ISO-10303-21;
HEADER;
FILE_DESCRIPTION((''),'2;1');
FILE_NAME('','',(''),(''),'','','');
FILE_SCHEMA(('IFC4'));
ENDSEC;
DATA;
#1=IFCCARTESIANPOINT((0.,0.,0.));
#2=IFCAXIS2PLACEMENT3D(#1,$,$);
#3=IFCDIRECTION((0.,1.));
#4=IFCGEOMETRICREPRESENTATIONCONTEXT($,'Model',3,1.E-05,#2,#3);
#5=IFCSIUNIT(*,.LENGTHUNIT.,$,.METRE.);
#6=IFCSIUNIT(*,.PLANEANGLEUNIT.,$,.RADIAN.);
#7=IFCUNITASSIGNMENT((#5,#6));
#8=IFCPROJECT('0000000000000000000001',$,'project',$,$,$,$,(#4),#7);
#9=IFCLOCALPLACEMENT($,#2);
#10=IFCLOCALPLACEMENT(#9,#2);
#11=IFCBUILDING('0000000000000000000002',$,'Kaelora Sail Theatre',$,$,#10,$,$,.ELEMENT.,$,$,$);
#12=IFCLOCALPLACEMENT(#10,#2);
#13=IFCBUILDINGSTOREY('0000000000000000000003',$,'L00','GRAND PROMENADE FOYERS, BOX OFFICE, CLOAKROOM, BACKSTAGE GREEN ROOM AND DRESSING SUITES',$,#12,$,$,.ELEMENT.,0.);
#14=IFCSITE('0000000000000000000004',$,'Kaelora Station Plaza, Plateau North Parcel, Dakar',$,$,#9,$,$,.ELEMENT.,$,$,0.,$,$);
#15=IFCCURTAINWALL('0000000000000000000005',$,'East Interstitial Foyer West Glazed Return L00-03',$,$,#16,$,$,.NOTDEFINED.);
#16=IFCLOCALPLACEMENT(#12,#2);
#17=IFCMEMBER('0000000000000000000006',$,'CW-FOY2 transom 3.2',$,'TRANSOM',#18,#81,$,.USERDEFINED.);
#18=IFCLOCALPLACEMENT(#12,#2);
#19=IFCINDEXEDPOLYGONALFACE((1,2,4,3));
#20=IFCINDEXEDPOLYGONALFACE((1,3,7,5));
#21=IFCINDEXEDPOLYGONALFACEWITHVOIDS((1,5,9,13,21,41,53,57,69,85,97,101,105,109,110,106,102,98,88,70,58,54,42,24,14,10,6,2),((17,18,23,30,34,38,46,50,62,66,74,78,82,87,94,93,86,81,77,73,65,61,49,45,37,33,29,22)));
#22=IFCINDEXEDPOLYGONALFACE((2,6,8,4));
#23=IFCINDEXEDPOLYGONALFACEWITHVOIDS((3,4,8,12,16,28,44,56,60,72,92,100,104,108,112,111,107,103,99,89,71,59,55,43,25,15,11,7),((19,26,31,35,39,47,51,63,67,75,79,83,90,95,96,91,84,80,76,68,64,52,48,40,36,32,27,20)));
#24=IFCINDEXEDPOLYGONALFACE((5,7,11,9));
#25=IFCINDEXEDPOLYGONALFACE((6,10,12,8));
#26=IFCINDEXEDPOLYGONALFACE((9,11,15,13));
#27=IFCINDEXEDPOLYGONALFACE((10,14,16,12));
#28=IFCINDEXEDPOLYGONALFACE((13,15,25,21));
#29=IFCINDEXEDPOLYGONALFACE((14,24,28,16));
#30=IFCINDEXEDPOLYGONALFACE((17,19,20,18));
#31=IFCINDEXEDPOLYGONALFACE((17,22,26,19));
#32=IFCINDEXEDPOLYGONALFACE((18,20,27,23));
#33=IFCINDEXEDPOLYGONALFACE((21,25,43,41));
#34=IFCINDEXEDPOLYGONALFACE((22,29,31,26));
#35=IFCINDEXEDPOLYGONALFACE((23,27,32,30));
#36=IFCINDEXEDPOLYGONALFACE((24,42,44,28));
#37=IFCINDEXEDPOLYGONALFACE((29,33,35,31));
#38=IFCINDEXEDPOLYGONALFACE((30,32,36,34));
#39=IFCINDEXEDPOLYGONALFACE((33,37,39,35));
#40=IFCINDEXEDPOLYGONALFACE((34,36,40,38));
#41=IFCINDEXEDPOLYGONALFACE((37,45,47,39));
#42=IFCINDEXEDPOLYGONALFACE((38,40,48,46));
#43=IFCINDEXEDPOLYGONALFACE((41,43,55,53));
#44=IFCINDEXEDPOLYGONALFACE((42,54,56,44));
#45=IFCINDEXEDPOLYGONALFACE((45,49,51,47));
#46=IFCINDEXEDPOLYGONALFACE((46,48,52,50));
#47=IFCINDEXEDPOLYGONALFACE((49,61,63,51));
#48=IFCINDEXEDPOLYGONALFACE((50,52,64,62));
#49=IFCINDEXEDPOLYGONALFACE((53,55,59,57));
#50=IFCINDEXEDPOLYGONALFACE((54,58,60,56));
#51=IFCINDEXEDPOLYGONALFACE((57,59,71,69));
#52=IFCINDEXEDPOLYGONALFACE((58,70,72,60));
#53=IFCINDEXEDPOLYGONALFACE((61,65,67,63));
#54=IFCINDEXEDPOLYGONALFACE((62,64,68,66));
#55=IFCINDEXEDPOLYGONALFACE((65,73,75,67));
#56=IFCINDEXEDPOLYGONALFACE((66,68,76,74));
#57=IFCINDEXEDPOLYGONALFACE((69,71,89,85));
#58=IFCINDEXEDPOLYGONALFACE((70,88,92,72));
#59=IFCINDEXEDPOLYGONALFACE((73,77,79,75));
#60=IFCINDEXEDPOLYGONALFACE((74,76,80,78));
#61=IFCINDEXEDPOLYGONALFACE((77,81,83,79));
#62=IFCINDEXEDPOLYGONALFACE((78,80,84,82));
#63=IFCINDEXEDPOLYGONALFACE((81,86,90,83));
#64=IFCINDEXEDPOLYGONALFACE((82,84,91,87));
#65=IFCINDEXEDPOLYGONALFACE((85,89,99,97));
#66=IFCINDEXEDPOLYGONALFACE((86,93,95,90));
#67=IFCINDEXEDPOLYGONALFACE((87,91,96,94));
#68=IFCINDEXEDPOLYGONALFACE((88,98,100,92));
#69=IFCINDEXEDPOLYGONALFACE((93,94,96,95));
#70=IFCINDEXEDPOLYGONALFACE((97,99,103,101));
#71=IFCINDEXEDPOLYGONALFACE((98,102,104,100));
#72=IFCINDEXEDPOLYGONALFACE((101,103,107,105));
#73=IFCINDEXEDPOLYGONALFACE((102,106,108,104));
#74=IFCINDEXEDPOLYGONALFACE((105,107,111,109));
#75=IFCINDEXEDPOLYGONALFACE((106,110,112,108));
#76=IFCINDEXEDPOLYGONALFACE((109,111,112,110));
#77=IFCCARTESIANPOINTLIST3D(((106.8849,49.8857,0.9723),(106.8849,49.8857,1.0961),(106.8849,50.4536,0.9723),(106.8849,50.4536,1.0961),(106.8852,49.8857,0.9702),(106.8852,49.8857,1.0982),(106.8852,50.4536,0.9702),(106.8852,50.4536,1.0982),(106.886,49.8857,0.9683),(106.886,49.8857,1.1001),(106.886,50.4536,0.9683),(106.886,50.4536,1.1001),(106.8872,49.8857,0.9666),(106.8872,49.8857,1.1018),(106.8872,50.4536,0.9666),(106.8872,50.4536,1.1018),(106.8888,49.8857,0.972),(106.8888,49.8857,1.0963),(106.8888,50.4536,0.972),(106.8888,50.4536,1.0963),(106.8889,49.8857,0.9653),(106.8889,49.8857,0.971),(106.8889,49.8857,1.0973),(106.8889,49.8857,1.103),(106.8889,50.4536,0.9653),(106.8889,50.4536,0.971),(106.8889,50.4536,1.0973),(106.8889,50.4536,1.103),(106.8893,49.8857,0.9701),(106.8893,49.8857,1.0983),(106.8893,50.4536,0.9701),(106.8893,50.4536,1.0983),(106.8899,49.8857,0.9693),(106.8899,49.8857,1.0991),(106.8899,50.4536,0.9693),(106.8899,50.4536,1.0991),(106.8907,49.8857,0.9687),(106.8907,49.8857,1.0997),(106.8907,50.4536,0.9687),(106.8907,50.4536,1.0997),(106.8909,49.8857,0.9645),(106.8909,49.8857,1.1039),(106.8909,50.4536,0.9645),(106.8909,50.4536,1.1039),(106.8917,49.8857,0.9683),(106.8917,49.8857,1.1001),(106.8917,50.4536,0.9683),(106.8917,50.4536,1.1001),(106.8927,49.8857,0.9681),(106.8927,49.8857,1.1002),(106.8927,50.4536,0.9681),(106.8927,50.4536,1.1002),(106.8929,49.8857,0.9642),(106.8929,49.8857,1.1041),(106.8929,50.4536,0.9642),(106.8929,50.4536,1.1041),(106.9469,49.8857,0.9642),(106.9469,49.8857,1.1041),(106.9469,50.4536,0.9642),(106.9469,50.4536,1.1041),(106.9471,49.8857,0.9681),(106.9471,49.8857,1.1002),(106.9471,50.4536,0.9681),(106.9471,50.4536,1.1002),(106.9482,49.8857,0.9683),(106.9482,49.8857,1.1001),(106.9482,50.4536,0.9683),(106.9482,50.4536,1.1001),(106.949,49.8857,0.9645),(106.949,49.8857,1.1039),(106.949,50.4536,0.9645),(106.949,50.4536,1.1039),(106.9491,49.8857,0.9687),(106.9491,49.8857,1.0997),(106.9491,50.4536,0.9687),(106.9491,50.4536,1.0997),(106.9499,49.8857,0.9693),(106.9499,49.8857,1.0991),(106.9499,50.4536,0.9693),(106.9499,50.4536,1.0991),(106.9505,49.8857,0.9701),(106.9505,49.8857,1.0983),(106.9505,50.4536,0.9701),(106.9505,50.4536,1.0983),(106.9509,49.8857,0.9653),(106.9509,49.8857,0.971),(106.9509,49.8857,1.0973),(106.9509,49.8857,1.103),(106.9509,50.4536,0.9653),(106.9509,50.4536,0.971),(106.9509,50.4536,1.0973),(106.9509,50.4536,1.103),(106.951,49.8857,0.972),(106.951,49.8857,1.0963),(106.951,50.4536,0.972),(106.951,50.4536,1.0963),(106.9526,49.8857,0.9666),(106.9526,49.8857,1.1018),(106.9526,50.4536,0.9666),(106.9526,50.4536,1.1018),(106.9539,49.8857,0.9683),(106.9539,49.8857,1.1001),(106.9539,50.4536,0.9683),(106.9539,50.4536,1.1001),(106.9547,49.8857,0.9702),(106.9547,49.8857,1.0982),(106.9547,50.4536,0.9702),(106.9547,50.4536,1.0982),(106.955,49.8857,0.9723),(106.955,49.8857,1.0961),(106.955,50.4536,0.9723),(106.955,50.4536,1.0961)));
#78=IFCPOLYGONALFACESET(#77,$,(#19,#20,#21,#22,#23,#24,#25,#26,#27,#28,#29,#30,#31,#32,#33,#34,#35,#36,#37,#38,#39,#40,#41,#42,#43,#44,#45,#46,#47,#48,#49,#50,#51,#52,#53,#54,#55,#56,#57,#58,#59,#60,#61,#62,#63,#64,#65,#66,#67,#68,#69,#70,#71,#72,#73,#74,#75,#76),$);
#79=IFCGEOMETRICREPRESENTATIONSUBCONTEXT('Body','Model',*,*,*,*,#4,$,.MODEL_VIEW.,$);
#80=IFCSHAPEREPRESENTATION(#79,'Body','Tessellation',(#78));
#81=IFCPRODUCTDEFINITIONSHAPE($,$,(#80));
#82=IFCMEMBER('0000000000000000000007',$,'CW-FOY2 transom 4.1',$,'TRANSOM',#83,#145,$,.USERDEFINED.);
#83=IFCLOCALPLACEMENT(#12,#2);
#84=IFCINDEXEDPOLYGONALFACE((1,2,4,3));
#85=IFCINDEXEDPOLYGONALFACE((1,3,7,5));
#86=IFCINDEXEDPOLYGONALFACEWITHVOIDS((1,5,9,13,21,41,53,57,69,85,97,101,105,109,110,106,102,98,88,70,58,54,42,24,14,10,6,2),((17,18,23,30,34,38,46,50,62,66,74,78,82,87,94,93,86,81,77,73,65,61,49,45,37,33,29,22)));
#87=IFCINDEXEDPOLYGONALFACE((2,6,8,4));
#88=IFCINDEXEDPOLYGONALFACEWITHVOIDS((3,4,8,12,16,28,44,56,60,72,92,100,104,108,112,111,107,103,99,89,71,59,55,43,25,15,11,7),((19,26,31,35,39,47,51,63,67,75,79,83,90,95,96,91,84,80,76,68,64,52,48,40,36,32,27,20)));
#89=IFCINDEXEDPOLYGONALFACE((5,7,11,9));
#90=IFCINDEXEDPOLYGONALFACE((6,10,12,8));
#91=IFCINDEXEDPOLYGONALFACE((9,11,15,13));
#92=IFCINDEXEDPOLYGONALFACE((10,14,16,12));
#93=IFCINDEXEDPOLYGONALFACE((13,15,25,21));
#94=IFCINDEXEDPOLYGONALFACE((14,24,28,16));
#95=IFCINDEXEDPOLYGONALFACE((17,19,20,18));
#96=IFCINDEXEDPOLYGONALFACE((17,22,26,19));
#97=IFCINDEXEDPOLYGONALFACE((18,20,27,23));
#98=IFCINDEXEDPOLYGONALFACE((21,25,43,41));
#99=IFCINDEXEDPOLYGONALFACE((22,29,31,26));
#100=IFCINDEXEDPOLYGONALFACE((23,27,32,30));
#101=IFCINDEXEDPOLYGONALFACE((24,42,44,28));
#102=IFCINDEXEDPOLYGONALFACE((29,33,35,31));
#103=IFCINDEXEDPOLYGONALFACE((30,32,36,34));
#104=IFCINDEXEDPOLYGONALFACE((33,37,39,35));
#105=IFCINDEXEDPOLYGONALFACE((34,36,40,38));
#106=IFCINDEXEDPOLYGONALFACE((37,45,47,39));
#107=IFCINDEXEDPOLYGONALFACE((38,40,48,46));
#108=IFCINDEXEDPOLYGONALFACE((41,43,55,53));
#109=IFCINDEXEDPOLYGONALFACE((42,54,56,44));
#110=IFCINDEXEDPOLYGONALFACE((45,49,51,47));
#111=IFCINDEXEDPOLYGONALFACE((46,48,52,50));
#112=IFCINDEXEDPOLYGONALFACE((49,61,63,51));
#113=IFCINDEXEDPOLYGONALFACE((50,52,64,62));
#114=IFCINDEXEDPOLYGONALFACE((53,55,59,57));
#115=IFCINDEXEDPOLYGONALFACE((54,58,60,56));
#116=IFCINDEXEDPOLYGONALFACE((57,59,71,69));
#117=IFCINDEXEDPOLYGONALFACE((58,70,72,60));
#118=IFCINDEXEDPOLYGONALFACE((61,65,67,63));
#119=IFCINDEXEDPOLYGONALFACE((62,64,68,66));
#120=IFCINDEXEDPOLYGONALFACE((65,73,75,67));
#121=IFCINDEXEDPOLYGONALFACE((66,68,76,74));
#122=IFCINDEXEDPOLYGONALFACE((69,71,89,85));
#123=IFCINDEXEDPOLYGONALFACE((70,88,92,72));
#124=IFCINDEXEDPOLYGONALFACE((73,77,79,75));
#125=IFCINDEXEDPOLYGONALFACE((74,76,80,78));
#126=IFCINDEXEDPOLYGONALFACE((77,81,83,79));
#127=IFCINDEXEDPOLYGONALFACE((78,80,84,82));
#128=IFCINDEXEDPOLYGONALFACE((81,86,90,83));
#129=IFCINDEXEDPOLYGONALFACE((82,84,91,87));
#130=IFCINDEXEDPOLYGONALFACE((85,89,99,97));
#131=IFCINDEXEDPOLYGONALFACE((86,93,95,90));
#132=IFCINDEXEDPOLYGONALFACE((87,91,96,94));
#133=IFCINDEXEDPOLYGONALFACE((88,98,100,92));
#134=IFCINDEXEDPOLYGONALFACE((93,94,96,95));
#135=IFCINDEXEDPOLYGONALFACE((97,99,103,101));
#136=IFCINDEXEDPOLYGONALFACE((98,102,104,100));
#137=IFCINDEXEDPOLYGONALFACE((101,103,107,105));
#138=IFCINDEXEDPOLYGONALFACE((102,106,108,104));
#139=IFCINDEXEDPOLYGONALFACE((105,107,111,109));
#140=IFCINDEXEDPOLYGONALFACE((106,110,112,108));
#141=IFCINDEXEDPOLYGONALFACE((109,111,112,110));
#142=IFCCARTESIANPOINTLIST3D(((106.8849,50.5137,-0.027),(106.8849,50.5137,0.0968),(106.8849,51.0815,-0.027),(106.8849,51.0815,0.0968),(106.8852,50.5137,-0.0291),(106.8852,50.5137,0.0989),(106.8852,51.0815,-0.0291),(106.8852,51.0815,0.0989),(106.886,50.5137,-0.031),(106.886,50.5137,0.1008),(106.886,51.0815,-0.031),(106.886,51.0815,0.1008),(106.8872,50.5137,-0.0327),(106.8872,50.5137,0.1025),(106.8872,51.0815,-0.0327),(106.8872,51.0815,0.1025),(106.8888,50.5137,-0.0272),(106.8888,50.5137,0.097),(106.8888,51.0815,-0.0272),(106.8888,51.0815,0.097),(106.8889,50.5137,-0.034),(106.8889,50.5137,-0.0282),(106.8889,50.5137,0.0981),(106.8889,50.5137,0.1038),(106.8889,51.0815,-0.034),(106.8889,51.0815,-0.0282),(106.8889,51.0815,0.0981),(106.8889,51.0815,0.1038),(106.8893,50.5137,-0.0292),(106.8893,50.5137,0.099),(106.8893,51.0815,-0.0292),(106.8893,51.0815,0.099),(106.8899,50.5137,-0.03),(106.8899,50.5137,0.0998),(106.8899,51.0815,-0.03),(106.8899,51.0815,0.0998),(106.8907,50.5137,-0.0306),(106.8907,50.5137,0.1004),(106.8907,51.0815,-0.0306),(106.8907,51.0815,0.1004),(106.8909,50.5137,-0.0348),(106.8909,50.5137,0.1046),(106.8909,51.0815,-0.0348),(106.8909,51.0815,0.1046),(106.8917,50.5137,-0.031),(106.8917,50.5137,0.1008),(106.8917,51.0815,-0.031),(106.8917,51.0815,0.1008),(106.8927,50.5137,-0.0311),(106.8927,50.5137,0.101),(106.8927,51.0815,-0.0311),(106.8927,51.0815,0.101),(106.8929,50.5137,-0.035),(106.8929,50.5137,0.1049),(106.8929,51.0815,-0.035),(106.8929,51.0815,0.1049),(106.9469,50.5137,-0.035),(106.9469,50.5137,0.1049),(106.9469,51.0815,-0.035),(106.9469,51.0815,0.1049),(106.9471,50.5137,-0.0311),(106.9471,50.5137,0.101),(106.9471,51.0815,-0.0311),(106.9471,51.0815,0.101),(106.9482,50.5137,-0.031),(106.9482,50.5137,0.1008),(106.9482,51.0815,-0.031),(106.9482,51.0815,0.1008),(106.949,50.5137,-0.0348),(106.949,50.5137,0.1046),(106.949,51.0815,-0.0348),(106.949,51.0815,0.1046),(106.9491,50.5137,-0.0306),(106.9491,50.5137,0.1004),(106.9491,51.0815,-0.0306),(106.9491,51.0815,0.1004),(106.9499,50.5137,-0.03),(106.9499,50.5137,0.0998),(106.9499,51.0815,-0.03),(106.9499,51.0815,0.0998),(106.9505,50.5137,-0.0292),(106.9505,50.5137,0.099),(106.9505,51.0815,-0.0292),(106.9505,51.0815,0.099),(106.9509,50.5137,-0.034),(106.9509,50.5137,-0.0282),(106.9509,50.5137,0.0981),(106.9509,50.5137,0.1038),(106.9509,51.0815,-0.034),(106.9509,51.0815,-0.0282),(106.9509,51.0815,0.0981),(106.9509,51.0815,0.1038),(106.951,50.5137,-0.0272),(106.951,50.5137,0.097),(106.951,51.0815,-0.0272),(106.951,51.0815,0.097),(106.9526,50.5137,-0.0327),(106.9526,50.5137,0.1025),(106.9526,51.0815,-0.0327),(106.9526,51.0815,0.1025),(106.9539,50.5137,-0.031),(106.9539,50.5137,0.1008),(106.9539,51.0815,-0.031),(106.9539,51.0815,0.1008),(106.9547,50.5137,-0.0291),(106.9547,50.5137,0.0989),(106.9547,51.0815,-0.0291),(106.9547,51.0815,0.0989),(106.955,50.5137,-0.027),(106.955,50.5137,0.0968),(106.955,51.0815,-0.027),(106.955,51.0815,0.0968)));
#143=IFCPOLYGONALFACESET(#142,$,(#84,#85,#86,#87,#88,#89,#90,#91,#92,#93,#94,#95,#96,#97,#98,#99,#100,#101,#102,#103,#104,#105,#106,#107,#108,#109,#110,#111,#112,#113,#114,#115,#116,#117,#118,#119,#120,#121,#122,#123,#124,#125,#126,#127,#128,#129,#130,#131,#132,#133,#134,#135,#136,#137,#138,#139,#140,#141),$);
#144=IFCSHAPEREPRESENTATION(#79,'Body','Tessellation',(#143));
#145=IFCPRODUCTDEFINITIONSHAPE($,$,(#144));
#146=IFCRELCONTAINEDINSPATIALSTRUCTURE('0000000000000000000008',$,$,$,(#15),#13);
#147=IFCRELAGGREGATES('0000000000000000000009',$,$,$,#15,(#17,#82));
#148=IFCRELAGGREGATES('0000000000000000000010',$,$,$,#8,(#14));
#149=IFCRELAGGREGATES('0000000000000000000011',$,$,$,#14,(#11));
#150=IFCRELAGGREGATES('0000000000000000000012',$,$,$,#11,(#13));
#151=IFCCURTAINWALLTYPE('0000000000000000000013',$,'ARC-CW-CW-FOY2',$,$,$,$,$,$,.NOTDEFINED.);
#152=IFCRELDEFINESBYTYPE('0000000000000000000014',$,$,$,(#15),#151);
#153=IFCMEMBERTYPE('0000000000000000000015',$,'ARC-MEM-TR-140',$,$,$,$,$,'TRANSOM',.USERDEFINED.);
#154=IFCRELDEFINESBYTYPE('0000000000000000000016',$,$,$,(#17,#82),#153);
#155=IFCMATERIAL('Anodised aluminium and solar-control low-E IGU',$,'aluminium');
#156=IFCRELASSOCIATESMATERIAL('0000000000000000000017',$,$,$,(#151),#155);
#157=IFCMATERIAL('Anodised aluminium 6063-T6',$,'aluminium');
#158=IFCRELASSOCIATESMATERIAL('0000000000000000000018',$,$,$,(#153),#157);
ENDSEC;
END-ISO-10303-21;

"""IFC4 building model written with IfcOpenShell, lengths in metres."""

from ifc_helpers import new_model, si_unit, direction, frame, origin, origin_2d, place, context, subcontext, project, spatial, hollow_rectangle, extrude, material, material_profile, profile_set, type_object, element, aggregate, save


model = new_model("IFC4")

# Units and contexts
model_context = context("Model", 3, precision=1e-05, world=origin(), true_north=direction((0.0, 1.0)))
body_context = subcontext(model_context, "Body", "Model", "MODEL_VIEW")
ifc_project = project(units=[si_unit("LENGTHUNIT", "METRE"), si_unit("PLANEANGLEUNIT", "RADIAN")], contexts=[model_context])

# Site, building, storey
site_placement = place(None, origin())
site = spatial("IfcSite", under=ifc_project, at=site_placement, Name="Kaelora Station Plaza, Plateau North Parcel, Dakar", CompositionType="ELEMENT", RefElevation=0.0)
building_placement = place(site_placement, origin())
building = spatial("IfcBuilding", under=site, at=building_placement, Name="Kaelora Sail Theatre", CompositionType="ELEMENT")
storey_placement = place(building_placement, origin())
storey = spatial("IfcBuildingStorey", under=building, at=storey_placement, Name="L00", Description="GRAND PROMENADE FOYERS, BOX OFFICE, CLOAKROOM, BACKSTAGE GREEN ROOM AND DRESSING SUITES", CompositionType="ELEMENT", Elevation=0.0)

# Shared definitions
ifc_material_1 = material(Name="Anodised aluminium and solar-control low-E IGU", Category="aluminium")
curtain_wall_type = type_object("IfcCurtainWallType", Name="ARC-CW-CW-FOY2", PredefinedType="NOTDEFINED", material=ifc_material_1)

# Curtain wall, members
curtain_wall_1_placement = place(storey_placement, origin())
curtain_wall_1 = element("IfcCurtainWall", 1, at=curtain_wall_1_placement, inside=storey, type_object=curtain_wall_type, Name="East Interstitial Foyer West Glazed Return L00-03", PredefinedType="NOTDEFINED")
ifc_material_2 = material(Name="Anodised aluminium 6063-T6", Category="aluminium")
ifc_material_profile_1 = material_profile(ifc_material_2, hollow_rectangle(XDim=0.0701, YDim=0.1399, WallThickness=0.0039, InnerFilletRadius=0.0039, OuterFilletRadius=0.0081, at=origin_2d()), Name="ALU-TRAN 70x140x4")
ifc_profile_set_1 = profile_set([ifc_material_profile_1], Name="Anodised aluminium 6063-T6")
member_type_1 = type_object("IfcMemberType", Name="ARC-MEM-TR-140", ElementType="TRANSOM", PredefinedType="USERDEFINED", material=ifc_profile_set_1)
member_1_placement = place(storey_placement, frame((106.9199, 49.8857, 1.0342), z_axis=(0.0, 1.0, 0.0), x_axis=(-1.0, 0.0, 0.0)))
member_1 = element("IfcMember", 2, at=member_1_placement, type_object=member_type_1, Name="CW-FOY2 transom 3.2", ObjectType="TRANSOM", PredefinedType="USERDEFINED", context=body_context, shape_type="SweptSolid", body=[
    extrude(hollow_rectangle(XDim=0.0701, YDim=0.1399, WallThickness=0.0039, InnerFilletRadius=0.0039, OuterFilletRadius=0.0081, at=origin_2d()), origin(), (0.0, 0.0, 1.0), 0.5679),
])
member_2_placement = place(storey_placement, frame((106.9199, 50.5137, 0.0349), z_axis=(0.0, 1.0, 0.0), x_axis=(-1.0, 0.0, 0.0)))
member_2 = element("IfcMember", 3, at=member_2_placement, type_object=member_type_1, Name="CW-FOY2 transom 4.1", ObjectType="TRANSOM", PredefinedType="USERDEFINED", context=body_context, shape_type="SweptSolid", body=[
    extrude(hollow_rectangle(XDim=0.0701, YDim=0.1399, WallThickness=0.0039, InnerFilletRadius=0.0039, OuterFilletRadius=0.0081, at=origin_2d()), origin(), (0.0, 0.0, 1.0), 0.5679),
])

aggregate(curtain_wall_1, [member_1, member_2])

save(model, "model.ifc")
